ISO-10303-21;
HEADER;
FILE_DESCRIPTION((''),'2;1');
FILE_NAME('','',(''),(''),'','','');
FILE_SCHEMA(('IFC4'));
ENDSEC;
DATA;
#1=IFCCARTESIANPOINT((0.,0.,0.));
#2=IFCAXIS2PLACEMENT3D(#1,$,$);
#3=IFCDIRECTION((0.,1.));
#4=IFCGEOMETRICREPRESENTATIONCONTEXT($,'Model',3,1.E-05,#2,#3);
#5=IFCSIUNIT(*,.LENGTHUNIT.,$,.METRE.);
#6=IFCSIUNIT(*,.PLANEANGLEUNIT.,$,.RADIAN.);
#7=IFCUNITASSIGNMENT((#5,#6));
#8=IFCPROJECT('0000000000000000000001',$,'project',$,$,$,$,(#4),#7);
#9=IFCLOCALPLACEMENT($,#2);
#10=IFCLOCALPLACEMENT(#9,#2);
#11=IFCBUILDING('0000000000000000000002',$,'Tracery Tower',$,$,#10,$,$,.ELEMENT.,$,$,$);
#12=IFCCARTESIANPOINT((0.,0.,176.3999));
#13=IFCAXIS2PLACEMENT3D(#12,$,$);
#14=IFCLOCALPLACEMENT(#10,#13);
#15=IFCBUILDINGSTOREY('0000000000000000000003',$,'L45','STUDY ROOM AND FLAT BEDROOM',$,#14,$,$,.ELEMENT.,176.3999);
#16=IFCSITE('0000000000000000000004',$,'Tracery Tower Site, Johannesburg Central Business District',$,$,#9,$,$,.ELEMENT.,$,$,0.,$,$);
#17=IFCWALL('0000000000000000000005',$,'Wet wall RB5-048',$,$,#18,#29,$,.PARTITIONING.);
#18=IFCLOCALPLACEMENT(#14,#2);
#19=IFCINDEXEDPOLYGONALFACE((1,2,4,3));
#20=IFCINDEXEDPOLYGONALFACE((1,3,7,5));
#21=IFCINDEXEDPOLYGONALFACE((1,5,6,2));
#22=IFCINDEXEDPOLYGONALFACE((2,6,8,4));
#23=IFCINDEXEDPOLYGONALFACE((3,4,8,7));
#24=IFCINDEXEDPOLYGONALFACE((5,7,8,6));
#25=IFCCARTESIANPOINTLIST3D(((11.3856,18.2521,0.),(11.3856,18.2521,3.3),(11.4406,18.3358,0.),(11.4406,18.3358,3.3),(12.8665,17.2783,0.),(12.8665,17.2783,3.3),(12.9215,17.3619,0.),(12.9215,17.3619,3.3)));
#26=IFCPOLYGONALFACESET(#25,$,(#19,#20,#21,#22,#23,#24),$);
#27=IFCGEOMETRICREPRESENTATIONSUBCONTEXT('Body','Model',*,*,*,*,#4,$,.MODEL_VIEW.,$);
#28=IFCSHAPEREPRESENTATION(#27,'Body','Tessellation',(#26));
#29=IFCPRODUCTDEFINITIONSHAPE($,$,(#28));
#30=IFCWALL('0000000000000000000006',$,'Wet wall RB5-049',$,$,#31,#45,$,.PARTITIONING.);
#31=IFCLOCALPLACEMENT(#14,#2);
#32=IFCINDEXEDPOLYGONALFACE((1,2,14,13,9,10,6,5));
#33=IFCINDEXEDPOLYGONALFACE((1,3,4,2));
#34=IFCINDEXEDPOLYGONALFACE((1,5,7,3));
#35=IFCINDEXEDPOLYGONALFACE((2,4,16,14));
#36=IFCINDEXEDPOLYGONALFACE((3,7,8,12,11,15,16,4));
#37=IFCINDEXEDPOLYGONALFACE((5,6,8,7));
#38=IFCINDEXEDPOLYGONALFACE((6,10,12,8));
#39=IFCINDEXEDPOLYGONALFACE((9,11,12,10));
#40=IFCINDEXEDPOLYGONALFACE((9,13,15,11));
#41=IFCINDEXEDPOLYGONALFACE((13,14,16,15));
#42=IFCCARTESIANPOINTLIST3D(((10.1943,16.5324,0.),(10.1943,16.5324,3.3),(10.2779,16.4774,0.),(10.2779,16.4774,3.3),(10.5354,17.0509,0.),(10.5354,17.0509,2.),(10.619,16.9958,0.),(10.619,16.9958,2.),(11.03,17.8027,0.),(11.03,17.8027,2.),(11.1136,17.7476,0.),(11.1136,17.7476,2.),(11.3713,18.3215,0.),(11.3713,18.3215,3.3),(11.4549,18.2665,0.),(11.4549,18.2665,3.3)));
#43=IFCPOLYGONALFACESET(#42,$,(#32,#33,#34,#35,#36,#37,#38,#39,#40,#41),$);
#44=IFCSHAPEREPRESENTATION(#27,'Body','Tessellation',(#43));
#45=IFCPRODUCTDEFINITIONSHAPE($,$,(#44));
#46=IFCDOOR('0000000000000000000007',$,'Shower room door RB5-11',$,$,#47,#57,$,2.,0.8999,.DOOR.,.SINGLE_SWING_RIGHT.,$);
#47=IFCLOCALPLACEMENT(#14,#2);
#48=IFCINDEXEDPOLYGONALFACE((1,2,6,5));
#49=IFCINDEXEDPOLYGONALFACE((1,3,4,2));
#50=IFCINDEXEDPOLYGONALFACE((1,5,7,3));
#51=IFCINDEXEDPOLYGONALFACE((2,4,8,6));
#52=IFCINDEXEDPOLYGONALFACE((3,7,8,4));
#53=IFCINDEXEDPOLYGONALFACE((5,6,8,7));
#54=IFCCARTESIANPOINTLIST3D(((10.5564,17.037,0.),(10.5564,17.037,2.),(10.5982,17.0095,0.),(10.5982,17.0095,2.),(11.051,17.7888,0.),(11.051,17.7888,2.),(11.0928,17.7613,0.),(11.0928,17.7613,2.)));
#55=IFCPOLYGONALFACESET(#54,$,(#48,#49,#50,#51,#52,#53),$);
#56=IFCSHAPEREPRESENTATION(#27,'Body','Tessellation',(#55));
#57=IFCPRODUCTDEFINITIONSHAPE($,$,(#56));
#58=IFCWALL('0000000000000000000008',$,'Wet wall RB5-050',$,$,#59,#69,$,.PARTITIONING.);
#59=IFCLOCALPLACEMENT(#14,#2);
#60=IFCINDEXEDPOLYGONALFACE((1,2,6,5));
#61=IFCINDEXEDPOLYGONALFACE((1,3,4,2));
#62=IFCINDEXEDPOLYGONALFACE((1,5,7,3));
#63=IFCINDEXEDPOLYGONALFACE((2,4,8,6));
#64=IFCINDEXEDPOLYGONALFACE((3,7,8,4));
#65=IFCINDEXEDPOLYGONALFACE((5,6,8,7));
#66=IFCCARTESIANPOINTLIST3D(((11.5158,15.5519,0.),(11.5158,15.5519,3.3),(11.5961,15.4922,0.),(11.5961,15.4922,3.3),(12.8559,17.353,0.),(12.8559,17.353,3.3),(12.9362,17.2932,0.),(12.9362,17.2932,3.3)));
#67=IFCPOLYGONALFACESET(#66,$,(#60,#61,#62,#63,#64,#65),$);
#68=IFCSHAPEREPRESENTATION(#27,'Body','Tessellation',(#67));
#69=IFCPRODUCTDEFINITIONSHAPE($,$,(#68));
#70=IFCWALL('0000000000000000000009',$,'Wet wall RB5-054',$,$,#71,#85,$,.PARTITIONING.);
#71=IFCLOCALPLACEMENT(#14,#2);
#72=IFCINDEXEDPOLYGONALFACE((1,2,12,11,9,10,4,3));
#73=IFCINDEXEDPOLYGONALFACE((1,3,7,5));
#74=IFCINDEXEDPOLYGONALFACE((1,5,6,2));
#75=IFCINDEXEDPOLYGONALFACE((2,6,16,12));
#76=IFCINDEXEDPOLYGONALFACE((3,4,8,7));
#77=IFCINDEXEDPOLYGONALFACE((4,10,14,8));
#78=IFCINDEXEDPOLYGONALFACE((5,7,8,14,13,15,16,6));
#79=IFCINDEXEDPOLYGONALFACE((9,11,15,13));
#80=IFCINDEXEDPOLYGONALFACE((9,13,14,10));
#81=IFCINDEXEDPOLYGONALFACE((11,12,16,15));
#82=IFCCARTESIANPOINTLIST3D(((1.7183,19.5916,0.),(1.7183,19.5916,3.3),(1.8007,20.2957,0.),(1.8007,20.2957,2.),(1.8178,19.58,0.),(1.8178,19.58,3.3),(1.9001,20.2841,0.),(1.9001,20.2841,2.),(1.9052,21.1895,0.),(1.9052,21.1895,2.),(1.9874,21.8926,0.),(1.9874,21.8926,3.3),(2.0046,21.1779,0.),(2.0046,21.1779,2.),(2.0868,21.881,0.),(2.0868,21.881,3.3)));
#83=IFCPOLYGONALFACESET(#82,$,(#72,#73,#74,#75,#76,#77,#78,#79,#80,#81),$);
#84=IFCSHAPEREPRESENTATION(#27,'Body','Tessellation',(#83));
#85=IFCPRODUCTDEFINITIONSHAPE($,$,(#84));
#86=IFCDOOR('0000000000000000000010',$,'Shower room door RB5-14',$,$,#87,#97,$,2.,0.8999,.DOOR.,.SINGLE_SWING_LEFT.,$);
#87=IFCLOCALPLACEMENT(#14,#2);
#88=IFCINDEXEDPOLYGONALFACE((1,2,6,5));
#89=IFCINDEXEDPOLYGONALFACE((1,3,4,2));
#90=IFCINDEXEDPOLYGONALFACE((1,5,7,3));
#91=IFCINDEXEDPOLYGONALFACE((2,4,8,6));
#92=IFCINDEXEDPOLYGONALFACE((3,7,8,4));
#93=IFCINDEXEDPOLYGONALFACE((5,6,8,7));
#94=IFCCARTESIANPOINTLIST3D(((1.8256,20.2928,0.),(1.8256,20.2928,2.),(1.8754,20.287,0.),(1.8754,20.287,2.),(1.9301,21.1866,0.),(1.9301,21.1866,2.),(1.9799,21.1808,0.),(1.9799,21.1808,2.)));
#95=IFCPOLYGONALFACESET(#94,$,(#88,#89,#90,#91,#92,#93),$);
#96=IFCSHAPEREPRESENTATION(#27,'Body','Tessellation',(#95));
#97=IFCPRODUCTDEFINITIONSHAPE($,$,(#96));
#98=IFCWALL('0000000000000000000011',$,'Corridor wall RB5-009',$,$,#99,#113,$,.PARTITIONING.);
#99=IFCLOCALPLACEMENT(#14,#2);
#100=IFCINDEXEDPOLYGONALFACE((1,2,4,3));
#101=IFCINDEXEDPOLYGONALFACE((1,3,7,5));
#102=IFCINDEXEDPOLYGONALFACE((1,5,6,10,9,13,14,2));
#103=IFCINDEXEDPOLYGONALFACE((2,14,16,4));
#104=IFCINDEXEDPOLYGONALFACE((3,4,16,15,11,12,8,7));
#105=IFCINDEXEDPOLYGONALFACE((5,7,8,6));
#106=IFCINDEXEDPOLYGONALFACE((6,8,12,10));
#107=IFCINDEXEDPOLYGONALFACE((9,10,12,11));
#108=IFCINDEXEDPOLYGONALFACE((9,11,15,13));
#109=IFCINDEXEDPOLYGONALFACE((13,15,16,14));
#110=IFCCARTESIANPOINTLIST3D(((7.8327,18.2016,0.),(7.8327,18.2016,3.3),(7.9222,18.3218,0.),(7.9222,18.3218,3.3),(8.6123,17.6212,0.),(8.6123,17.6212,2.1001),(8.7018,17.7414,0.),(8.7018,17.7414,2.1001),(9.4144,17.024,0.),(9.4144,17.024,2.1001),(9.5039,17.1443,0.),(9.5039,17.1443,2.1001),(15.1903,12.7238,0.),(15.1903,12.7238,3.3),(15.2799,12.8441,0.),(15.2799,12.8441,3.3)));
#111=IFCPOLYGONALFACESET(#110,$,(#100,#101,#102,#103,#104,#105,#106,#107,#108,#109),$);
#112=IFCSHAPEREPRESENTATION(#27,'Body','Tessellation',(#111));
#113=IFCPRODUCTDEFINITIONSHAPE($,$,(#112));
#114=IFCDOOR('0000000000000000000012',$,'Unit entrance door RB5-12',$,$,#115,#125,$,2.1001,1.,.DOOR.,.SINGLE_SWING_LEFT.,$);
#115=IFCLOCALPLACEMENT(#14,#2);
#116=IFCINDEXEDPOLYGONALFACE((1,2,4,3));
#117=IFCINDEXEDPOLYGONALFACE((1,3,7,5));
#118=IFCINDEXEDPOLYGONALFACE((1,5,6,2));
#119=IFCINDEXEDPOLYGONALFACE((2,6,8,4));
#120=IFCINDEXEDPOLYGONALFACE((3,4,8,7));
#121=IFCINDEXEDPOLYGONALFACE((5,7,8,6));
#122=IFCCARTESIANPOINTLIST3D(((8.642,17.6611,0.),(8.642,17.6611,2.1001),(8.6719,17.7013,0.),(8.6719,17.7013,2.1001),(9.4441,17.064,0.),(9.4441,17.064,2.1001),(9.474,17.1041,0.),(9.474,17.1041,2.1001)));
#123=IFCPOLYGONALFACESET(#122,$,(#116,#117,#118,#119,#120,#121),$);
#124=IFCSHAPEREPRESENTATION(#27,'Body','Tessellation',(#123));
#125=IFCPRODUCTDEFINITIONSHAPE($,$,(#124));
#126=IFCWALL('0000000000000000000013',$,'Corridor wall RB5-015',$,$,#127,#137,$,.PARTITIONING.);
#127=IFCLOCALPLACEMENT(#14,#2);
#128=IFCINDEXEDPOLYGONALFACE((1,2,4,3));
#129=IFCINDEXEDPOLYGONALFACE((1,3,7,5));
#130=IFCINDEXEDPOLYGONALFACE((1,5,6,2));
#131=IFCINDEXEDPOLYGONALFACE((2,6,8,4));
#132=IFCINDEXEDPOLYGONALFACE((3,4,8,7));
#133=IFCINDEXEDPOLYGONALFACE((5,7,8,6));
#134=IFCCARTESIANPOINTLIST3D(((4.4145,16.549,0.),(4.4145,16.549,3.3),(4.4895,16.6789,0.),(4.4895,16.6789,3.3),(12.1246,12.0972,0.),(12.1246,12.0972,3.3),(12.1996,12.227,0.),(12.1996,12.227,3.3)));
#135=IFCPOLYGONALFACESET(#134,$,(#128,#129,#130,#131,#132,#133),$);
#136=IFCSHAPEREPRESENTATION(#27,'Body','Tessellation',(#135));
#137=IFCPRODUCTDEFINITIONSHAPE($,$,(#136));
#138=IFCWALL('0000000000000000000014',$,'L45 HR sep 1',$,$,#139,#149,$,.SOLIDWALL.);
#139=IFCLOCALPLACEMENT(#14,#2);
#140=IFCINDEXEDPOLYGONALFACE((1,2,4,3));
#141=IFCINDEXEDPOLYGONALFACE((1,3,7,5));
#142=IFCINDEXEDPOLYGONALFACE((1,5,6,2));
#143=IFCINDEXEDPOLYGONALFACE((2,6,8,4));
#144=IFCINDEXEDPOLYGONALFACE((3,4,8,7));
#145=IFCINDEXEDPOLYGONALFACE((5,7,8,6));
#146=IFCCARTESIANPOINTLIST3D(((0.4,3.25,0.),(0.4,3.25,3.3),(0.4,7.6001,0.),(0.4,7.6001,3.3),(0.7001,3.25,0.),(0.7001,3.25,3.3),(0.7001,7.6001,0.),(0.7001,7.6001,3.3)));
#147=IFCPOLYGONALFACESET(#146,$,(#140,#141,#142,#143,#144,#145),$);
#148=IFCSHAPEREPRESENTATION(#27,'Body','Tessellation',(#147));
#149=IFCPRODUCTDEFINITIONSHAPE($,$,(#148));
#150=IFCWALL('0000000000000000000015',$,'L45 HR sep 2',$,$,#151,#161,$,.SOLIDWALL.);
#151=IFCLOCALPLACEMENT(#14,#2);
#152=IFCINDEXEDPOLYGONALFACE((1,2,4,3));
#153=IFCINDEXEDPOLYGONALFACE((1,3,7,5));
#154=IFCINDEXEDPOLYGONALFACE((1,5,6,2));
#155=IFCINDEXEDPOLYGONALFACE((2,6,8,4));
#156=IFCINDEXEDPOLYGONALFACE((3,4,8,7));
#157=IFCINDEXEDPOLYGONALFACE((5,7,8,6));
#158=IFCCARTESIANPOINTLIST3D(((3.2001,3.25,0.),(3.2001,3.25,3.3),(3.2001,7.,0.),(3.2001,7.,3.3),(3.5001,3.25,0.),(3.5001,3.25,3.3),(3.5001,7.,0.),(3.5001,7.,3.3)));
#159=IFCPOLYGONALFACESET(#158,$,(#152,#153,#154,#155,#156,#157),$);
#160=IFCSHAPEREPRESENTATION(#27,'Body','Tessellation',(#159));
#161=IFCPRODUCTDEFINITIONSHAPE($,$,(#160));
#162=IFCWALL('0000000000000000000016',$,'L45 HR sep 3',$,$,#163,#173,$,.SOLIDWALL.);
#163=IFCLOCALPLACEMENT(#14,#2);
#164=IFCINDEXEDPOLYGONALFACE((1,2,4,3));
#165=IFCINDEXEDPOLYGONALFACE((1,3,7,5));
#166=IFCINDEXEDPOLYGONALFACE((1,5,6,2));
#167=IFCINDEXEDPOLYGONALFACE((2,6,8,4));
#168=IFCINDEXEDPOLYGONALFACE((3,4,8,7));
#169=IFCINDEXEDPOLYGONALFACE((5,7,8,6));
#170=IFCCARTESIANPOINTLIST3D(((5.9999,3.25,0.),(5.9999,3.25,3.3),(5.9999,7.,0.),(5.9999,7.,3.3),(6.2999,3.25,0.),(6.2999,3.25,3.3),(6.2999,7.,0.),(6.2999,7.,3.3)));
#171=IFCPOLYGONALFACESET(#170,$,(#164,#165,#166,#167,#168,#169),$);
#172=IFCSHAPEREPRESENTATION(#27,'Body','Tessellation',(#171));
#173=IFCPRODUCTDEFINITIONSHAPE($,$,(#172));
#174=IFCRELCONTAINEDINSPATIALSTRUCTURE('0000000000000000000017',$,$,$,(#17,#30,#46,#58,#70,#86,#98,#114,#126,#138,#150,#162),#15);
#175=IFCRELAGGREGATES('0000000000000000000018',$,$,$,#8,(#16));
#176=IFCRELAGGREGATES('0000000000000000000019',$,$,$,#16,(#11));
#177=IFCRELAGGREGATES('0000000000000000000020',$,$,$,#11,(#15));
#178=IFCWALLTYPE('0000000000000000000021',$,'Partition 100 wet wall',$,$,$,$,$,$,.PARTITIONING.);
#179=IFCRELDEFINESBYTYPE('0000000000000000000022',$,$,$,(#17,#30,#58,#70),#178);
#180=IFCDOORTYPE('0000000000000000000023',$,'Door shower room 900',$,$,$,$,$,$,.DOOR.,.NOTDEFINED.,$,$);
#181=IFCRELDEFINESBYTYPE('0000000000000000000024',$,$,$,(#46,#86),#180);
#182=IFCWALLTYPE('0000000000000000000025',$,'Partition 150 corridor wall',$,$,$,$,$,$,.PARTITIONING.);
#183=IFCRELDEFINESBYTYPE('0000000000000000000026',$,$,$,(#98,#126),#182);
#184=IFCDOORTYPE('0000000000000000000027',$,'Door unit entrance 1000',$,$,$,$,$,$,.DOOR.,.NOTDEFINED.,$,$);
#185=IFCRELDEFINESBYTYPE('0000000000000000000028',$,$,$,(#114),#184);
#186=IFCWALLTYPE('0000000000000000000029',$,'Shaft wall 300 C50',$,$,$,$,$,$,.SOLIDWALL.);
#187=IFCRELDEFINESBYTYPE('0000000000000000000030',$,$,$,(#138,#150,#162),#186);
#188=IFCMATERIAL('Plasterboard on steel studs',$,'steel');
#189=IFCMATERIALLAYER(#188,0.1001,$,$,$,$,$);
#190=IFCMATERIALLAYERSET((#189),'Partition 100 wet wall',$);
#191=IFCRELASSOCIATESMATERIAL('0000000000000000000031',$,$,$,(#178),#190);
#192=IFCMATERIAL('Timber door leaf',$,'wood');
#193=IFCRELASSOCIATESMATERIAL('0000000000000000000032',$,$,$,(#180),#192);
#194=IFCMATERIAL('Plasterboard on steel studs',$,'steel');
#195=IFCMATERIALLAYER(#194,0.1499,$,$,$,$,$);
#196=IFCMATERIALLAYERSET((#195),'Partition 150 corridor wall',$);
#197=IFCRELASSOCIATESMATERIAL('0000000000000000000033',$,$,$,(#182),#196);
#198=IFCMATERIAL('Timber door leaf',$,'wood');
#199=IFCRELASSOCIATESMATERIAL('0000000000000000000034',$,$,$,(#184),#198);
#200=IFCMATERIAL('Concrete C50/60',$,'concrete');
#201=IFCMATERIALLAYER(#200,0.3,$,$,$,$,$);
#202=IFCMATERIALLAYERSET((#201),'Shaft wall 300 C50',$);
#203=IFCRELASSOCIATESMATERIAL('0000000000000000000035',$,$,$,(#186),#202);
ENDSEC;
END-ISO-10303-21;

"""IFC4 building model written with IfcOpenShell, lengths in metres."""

from ifc_helpers import new_model, si_unit, direction, frame, frame_2d, origin, place, context, subcontext, project, spatial, rectangle, extrude, material, layer, layer_set, type_object, element, fill, save


model = new_model("IFC4")

# Units and contexts
model_context = context("Model", 3, precision=1e-05, world=origin(), true_north=direction((0.0, 1.0)))
body_context = subcontext(model_context, "Body", "Model", "MODEL_VIEW")
ifc_project = project(units=[si_unit("LENGTHUNIT", "METRE"), si_unit("PLANEANGLEUNIT", "RADIAN")], contexts=[model_context])

# Site, building, storey
site_placement = place(None, origin())
site = spatial("IfcSite", under=ifc_project, at=site_placement, Name="Tracery Tower Site, Johannesburg Central Business District", CompositionType="ELEMENT", RefElevation=0.0)
building_placement = place(site_placement, origin())
building = spatial("IfcBuilding", under=site, at=building_placement, Name="Tracery Tower", CompositionType="ELEMENT")
storey_placement = place(building_placement, frame((0.0, 0.0, 176.3999)))
storey = spatial("IfcBuildingStorey", under=building, at=storey_placement, Name="L45", Description="STUDY ROOM AND FLAT BEDROOM", CompositionType="ELEMENT", Elevation=176.3999)

# Wall
ifc_material_1 = material(Name="Plasterboard on steel studs", Category="steel")
ifc_layer_1 = layer(ifc_material_1, 0.1001)
ifc_layer_set_1 = layer_set([ifc_layer_1], Name="Partition 100 wet wall")
wall_type_1 = type_object("IfcWallType", Name="Partition 100 wet wall", PredefinedType="PARTITIONING", material=ifc_layer_set_1)
wall_1_placement = place(storey_placement, frame((11.4131, 18.2939, 0.0), z_axis=(0.0, 0.0, 1.0), x_axis=(0.83553, -0.549444, 0.0)))
element("IfcWall", 1, at=wall_1_placement, inside=storey, type_object=wall_type_1, Name="Wet wall RB5-048", PredefinedType="PARTITIONING", context=body_context, shape_type="SweptSolid", body=[
    extrude(rectangle(XDim=1.7725, YDim=0.1001, at=frame_2d((0.8862, 0.0))), origin(), (0.0, 0.0, 1.0), 3.3),
])

# Wall, opening, door
wall_2_placement = place(storey_placement, frame((10.2361, 16.5049, 0.0), z_axis=(0.0, 0.0, 1.0), x_axis=(0.549612, 0.83542, 0.0)))
wall_2 = element("IfcWall", 2, at=wall_2_placement, inside=storey, type_object=wall_type_1, Name="Wet wall RB5-049", PredefinedType="PARTITIONING", context=body_context, shape_type="SweptSolid", body=[
    extrude(rectangle(XDim=2.1416, YDim=0.1001, at=frame_2d((1.0708, 0.0))), origin(), (0.0, 0.0, 1.0), 3.3),
])
opening_1_placement = place(wall_2_placement, frame((0.6206, 0.0, 0.0)))
opening_1 = element("IfcOpeningElement", 3, at=opening_1_placement, cuts=wall_2, PredefinedType="OPENING", context=body_context, shape_type="SweptSolid", body=[
    extrude(rectangle(XDim=0.8999, YDim=2.0, at=frame_2d((0.45, 1.0))), frame((0.0, 0.05, 0.0), z_axis=(0.0, -1.0, 0.0), x_axis=(1.0, 0.0, 0.0)), (0.0, 0.0, 1.0), 0.1001),
])
ifc_material_2 = material(Name="Timber door leaf", Category="wood")
door_type_1 = type_object("IfcDoorType", Name="Door shower room 900", OperationType="NOTDEFINED", PredefinedType="DOOR", material=ifc_material_2)
door_1_placement = place(opening_1_placement, origin())
door_1 = element("IfcDoor", 4, at=door_1_placement, inside=storey, type_object=door_type_1, Name="Shower room door RB5-11", OperationType="SINGLE_SWING_RIGHT", OverallHeight=2.0, OverallWidth=0.8999, PredefinedType="DOOR", context=body_context, shape_type="SweptSolid", body=[
    extrude(rectangle(XDim=0.8999, YDim=2.0, at=frame_2d((0.45, 1.0))), frame((0.0, 0.0249, 0.0), z_axis=(0.0, -1.0, 0.0), x_axis=(1.0, 0.0, 0.0)), (0.0, 0.0, 1.0), 0.05),
])
fill(opening_1, door_1)

# Wall
wall_3_placement = place(storey_placement, frame((11.5559, 15.522, 0.0), z_axis=(0.0, 0.0, 1.0), x_axis=(0.596951, 0.802278, 0.0)))
element("IfcWall", 5, at=wall_3_placement, inside=storey, type_object=wall_type_1, Name="Wet wall RB5-050", PredefinedType="PARTITIONING", context=body_context, shape_type="SweptSolid", body=[
    extrude(rectangle(XDim=2.2449, YDim=0.1001, at=frame_2d((1.1226, 0.0))), origin(), (0.0, 0.0, 1.0), 3.3),
])

# Walls, openings, doors
wall_4_placement = place(storey_placement, frame((1.7681, 19.5859, 0.0), z_axis=(0.0, 0.0, 1.0), x_axis=(0.116132, 0.993234, 0.0)))
wall_4 = element("IfcWall", 6, at=wall_4_placement, inside=storey, type_object=wall_type_1, Name="Wet wall RB5-054", PredefinedType="PARTITIONING", context=body_context, shape_type="SweptSolid", body=[
    extrude(rectangle(XDim=2.3167, YDim=0.1001, at=frame_2d((1.1582, 0.0))), origin(), (0.0, 0.0, 1.0), 3.3),
])
opening_2_placement = place(wall_4_placement, frame((0.7087, 0.0, 0.0)))
opening_2 = element("IfcOpeningElement", 7, at=opening_2_placement, cuts=wall_4, PredefinedType="OPENING", context=body_context, shape_type="SweptSolid", body=[
    extrude(rectangle(XDim=0.8999, YDim=2.0, at=frame_2d((0.45, 1.0))), frame((0.0, 0.05, 0.0), z_axis=(0.0, -1.0, 0.0), x_axis=(1.0, 0.0, 0.0)), (0.0, 0.0, 1.0), 0.1001),
])
door_2_placement = place(opening_2_placement, origin())
door_2 = element("IfcDoor", 8, at=door_2_placement, inside=storey, type_object=door_type_1, Name="Shower room door RB5-14", OperationType="SINGLE_SWING_LEFT", OverallHeight=2.0, OverallWidth=0.8999, PredefinedType="DOOR", context=body_context, shape_type="SweptSolid", body=[
    extrude(rectangle(XDim=0.8999, YDim=2.0, at=frame_2d((0.45, 1.0))), frame((0.0, 0.0249, 0.0), z_axis=(0.0, -1.0, 0.0), x_axis=(1.0, 0.0, 0.0)), (0.0, 0.0, 1.0), 0.05),
])
fill(opening_2, door_2)
ifc_material_3 = material(Name="Plasterboard on steel studs", Category="steel")
ifc_layer_2 = layer(ifc_material_3, 0.1499)
ifc_layer_set_2 = layer_set([ifc_layer_2], Name="Partition 150 corridor wall")
wall_type_2 = type_object("IfcWallType", Name="Partition 150 corridor wall", PredefinedType="PARTITIONING", material=ifc_layer_set_2)
wall_5_placement = place(storey_placement, frame((7.8774, 18.2617, 0.0), z_axis=(0.0, 0.0, 1.0), x_axis=(0.802113, -0.597173, 0.0)))
wall_5 = element("IfcWall", 9, at=wall_5_placement, inside=storey, type_object=wall_type_2, Name="Corridor wall RB5-009", PredefinedType="PARTITIONING", context=body_context, shape_type="SweptSolid", body=[
    extrude(rectangle(XDim=9.1729, YDim=0.1499, at=frame_2d((4.5864, 0.0))), origin(), (0.0, 0.0, 1.0), 3.3),
])
opening_3_placement = place(wall_5_placement, frame((0.9719, 0.0, 0.0)))
opening_3 = element("IfcOpeningElement", 10, at=opening_3_placement, cuts=wall_5, PredefinedType="OPENING", context=body_context, shape_type="SweptSolid", body=[
    extrude(rectangle(XDim=1.0, YDim=2.1001, at=frame_2d((0.5, 1.05))), frame((0.0, 0.075, 0.0), z_axis=(0.0, -1.0, 0.0), x_axis=(1.0, 0.0, 0.0)), (0.0, 0.0, 1.0), 0.1499),
])
ifc_material_4 = material(Name="Timber door leaf", Category="wood")
door_type_2 = type_object("IfcDoorType", Name="Door unit entrance 1000", OperationType="NOTDEFINED", PredefinedType="DOOR", material=ifc_material_4)
door_3_placement = place(opening_3_placement, origin())
door_3 = element("IfcDoor", 11, at=door_3_placement, inside=storey, type_object=door_type_2, Name="Unit entrance door RB5-12", OperationType="SINGLE_SWING_LEFT", OverallHeight=2.1001, OverallWidth=1.0, PredefinedType="DOOR", context=body_context, shape_type="SweptSolid", body=[
    extrude(rectangle(XDim=1.0, YDim=2.1001, at=frame_2d((0.5, 1.05))), frame((0.0, 0.0249, 0.0), z_axis=(0.0, -1.0, 0.0), x_axis=(1.0, 0.0, 0.0)), (0.0, 0.0, 1.0), 0.05),
])
fill(opening_3, door_3)

# Walls
wall_6_placement = place(storey_placement, frame((4.4519, 16.614, 0.0), z_axis=(0.0, 0.0, 1.0), x_axis=(0.866005, -0.500035, 0.0)))
element("IfcWall", 12, at=wall_6_placement, inside=storey, type_object=wall_type_2, Name="Corridor wall RB5-015", PredefinedType="PARTITIONING", context=body_context, shape_type="SweptSolid", body=[
    extrude(rectangle(XDim=8.9031, YDim=0.1499, at=frame_2d((4.4517, 0.0))), origin(), (0.0, 0.0, 1.0), 3.3),
])
ifc_material_5 = material(Name="Concrete C50/60", Category="concrete")
ifc_layer_3 = layer(ifc_material_5, 0.3)
ifc_layer_set_3 = layer_set([ifc_layer_3], Name="Shaft wall 300 C50")
wall_type_3 = type_object("IfcWallType", Name="Shaft wall 300 C50", PredefinedType="SOLIDWALL", material=ifc_layer_set_3)
wall_7_placement = place(storey_placement, frame((0.55, 3.25, 0.0), z_axis=(0.0, 0.0, 1.0), x_axis=(0.0, 1.0, 0.0)))
element("IfcWall", 13, at=wall_7_placement, inside=storey, type_object=wall_type_3, Name="L45 HR sep 1", PredefinedType="SOLIDWALL", context=body_context, shape_type="SweptSolid", body=[
    extrude(rectangle(XDim=4.3501, YDim=0.3, at=frame_2d((2.175, 0.0))), origin(), (0.0, 0.0, 1.0), 3.3),
])
for number, where, z_axis, x_axis, name in (
    (14, (3.3501, 3.25, 0.0), (0.0, 0.0, 1.0), (0.0, 1.0, 0.0), "L45 HR sep 2"),
    (15, (6.1499, 3.25, 0.0), (0.0, 0.0, 1.0), (0.0, 1.0, 0.0), "L45 HR sep 3"),
):
    element("IfcWall", number, at=place(storey_placement, frame(where, z_axis=z_axis, x_axis=x_axis)), inside=storey, type_object=wall_type_3, Name=name, PredefinedType="SOLIDWALL", context=body_context, shape_type="SweptSolid", body=[
        extrude(rectangle(XDim=3.75, YDim=0.3, at=frame_2d((1.875, 0.0))), origin(), (0.0, 0.0, 1.0), 3.3),
    ])

save(model, "model.ifc")
